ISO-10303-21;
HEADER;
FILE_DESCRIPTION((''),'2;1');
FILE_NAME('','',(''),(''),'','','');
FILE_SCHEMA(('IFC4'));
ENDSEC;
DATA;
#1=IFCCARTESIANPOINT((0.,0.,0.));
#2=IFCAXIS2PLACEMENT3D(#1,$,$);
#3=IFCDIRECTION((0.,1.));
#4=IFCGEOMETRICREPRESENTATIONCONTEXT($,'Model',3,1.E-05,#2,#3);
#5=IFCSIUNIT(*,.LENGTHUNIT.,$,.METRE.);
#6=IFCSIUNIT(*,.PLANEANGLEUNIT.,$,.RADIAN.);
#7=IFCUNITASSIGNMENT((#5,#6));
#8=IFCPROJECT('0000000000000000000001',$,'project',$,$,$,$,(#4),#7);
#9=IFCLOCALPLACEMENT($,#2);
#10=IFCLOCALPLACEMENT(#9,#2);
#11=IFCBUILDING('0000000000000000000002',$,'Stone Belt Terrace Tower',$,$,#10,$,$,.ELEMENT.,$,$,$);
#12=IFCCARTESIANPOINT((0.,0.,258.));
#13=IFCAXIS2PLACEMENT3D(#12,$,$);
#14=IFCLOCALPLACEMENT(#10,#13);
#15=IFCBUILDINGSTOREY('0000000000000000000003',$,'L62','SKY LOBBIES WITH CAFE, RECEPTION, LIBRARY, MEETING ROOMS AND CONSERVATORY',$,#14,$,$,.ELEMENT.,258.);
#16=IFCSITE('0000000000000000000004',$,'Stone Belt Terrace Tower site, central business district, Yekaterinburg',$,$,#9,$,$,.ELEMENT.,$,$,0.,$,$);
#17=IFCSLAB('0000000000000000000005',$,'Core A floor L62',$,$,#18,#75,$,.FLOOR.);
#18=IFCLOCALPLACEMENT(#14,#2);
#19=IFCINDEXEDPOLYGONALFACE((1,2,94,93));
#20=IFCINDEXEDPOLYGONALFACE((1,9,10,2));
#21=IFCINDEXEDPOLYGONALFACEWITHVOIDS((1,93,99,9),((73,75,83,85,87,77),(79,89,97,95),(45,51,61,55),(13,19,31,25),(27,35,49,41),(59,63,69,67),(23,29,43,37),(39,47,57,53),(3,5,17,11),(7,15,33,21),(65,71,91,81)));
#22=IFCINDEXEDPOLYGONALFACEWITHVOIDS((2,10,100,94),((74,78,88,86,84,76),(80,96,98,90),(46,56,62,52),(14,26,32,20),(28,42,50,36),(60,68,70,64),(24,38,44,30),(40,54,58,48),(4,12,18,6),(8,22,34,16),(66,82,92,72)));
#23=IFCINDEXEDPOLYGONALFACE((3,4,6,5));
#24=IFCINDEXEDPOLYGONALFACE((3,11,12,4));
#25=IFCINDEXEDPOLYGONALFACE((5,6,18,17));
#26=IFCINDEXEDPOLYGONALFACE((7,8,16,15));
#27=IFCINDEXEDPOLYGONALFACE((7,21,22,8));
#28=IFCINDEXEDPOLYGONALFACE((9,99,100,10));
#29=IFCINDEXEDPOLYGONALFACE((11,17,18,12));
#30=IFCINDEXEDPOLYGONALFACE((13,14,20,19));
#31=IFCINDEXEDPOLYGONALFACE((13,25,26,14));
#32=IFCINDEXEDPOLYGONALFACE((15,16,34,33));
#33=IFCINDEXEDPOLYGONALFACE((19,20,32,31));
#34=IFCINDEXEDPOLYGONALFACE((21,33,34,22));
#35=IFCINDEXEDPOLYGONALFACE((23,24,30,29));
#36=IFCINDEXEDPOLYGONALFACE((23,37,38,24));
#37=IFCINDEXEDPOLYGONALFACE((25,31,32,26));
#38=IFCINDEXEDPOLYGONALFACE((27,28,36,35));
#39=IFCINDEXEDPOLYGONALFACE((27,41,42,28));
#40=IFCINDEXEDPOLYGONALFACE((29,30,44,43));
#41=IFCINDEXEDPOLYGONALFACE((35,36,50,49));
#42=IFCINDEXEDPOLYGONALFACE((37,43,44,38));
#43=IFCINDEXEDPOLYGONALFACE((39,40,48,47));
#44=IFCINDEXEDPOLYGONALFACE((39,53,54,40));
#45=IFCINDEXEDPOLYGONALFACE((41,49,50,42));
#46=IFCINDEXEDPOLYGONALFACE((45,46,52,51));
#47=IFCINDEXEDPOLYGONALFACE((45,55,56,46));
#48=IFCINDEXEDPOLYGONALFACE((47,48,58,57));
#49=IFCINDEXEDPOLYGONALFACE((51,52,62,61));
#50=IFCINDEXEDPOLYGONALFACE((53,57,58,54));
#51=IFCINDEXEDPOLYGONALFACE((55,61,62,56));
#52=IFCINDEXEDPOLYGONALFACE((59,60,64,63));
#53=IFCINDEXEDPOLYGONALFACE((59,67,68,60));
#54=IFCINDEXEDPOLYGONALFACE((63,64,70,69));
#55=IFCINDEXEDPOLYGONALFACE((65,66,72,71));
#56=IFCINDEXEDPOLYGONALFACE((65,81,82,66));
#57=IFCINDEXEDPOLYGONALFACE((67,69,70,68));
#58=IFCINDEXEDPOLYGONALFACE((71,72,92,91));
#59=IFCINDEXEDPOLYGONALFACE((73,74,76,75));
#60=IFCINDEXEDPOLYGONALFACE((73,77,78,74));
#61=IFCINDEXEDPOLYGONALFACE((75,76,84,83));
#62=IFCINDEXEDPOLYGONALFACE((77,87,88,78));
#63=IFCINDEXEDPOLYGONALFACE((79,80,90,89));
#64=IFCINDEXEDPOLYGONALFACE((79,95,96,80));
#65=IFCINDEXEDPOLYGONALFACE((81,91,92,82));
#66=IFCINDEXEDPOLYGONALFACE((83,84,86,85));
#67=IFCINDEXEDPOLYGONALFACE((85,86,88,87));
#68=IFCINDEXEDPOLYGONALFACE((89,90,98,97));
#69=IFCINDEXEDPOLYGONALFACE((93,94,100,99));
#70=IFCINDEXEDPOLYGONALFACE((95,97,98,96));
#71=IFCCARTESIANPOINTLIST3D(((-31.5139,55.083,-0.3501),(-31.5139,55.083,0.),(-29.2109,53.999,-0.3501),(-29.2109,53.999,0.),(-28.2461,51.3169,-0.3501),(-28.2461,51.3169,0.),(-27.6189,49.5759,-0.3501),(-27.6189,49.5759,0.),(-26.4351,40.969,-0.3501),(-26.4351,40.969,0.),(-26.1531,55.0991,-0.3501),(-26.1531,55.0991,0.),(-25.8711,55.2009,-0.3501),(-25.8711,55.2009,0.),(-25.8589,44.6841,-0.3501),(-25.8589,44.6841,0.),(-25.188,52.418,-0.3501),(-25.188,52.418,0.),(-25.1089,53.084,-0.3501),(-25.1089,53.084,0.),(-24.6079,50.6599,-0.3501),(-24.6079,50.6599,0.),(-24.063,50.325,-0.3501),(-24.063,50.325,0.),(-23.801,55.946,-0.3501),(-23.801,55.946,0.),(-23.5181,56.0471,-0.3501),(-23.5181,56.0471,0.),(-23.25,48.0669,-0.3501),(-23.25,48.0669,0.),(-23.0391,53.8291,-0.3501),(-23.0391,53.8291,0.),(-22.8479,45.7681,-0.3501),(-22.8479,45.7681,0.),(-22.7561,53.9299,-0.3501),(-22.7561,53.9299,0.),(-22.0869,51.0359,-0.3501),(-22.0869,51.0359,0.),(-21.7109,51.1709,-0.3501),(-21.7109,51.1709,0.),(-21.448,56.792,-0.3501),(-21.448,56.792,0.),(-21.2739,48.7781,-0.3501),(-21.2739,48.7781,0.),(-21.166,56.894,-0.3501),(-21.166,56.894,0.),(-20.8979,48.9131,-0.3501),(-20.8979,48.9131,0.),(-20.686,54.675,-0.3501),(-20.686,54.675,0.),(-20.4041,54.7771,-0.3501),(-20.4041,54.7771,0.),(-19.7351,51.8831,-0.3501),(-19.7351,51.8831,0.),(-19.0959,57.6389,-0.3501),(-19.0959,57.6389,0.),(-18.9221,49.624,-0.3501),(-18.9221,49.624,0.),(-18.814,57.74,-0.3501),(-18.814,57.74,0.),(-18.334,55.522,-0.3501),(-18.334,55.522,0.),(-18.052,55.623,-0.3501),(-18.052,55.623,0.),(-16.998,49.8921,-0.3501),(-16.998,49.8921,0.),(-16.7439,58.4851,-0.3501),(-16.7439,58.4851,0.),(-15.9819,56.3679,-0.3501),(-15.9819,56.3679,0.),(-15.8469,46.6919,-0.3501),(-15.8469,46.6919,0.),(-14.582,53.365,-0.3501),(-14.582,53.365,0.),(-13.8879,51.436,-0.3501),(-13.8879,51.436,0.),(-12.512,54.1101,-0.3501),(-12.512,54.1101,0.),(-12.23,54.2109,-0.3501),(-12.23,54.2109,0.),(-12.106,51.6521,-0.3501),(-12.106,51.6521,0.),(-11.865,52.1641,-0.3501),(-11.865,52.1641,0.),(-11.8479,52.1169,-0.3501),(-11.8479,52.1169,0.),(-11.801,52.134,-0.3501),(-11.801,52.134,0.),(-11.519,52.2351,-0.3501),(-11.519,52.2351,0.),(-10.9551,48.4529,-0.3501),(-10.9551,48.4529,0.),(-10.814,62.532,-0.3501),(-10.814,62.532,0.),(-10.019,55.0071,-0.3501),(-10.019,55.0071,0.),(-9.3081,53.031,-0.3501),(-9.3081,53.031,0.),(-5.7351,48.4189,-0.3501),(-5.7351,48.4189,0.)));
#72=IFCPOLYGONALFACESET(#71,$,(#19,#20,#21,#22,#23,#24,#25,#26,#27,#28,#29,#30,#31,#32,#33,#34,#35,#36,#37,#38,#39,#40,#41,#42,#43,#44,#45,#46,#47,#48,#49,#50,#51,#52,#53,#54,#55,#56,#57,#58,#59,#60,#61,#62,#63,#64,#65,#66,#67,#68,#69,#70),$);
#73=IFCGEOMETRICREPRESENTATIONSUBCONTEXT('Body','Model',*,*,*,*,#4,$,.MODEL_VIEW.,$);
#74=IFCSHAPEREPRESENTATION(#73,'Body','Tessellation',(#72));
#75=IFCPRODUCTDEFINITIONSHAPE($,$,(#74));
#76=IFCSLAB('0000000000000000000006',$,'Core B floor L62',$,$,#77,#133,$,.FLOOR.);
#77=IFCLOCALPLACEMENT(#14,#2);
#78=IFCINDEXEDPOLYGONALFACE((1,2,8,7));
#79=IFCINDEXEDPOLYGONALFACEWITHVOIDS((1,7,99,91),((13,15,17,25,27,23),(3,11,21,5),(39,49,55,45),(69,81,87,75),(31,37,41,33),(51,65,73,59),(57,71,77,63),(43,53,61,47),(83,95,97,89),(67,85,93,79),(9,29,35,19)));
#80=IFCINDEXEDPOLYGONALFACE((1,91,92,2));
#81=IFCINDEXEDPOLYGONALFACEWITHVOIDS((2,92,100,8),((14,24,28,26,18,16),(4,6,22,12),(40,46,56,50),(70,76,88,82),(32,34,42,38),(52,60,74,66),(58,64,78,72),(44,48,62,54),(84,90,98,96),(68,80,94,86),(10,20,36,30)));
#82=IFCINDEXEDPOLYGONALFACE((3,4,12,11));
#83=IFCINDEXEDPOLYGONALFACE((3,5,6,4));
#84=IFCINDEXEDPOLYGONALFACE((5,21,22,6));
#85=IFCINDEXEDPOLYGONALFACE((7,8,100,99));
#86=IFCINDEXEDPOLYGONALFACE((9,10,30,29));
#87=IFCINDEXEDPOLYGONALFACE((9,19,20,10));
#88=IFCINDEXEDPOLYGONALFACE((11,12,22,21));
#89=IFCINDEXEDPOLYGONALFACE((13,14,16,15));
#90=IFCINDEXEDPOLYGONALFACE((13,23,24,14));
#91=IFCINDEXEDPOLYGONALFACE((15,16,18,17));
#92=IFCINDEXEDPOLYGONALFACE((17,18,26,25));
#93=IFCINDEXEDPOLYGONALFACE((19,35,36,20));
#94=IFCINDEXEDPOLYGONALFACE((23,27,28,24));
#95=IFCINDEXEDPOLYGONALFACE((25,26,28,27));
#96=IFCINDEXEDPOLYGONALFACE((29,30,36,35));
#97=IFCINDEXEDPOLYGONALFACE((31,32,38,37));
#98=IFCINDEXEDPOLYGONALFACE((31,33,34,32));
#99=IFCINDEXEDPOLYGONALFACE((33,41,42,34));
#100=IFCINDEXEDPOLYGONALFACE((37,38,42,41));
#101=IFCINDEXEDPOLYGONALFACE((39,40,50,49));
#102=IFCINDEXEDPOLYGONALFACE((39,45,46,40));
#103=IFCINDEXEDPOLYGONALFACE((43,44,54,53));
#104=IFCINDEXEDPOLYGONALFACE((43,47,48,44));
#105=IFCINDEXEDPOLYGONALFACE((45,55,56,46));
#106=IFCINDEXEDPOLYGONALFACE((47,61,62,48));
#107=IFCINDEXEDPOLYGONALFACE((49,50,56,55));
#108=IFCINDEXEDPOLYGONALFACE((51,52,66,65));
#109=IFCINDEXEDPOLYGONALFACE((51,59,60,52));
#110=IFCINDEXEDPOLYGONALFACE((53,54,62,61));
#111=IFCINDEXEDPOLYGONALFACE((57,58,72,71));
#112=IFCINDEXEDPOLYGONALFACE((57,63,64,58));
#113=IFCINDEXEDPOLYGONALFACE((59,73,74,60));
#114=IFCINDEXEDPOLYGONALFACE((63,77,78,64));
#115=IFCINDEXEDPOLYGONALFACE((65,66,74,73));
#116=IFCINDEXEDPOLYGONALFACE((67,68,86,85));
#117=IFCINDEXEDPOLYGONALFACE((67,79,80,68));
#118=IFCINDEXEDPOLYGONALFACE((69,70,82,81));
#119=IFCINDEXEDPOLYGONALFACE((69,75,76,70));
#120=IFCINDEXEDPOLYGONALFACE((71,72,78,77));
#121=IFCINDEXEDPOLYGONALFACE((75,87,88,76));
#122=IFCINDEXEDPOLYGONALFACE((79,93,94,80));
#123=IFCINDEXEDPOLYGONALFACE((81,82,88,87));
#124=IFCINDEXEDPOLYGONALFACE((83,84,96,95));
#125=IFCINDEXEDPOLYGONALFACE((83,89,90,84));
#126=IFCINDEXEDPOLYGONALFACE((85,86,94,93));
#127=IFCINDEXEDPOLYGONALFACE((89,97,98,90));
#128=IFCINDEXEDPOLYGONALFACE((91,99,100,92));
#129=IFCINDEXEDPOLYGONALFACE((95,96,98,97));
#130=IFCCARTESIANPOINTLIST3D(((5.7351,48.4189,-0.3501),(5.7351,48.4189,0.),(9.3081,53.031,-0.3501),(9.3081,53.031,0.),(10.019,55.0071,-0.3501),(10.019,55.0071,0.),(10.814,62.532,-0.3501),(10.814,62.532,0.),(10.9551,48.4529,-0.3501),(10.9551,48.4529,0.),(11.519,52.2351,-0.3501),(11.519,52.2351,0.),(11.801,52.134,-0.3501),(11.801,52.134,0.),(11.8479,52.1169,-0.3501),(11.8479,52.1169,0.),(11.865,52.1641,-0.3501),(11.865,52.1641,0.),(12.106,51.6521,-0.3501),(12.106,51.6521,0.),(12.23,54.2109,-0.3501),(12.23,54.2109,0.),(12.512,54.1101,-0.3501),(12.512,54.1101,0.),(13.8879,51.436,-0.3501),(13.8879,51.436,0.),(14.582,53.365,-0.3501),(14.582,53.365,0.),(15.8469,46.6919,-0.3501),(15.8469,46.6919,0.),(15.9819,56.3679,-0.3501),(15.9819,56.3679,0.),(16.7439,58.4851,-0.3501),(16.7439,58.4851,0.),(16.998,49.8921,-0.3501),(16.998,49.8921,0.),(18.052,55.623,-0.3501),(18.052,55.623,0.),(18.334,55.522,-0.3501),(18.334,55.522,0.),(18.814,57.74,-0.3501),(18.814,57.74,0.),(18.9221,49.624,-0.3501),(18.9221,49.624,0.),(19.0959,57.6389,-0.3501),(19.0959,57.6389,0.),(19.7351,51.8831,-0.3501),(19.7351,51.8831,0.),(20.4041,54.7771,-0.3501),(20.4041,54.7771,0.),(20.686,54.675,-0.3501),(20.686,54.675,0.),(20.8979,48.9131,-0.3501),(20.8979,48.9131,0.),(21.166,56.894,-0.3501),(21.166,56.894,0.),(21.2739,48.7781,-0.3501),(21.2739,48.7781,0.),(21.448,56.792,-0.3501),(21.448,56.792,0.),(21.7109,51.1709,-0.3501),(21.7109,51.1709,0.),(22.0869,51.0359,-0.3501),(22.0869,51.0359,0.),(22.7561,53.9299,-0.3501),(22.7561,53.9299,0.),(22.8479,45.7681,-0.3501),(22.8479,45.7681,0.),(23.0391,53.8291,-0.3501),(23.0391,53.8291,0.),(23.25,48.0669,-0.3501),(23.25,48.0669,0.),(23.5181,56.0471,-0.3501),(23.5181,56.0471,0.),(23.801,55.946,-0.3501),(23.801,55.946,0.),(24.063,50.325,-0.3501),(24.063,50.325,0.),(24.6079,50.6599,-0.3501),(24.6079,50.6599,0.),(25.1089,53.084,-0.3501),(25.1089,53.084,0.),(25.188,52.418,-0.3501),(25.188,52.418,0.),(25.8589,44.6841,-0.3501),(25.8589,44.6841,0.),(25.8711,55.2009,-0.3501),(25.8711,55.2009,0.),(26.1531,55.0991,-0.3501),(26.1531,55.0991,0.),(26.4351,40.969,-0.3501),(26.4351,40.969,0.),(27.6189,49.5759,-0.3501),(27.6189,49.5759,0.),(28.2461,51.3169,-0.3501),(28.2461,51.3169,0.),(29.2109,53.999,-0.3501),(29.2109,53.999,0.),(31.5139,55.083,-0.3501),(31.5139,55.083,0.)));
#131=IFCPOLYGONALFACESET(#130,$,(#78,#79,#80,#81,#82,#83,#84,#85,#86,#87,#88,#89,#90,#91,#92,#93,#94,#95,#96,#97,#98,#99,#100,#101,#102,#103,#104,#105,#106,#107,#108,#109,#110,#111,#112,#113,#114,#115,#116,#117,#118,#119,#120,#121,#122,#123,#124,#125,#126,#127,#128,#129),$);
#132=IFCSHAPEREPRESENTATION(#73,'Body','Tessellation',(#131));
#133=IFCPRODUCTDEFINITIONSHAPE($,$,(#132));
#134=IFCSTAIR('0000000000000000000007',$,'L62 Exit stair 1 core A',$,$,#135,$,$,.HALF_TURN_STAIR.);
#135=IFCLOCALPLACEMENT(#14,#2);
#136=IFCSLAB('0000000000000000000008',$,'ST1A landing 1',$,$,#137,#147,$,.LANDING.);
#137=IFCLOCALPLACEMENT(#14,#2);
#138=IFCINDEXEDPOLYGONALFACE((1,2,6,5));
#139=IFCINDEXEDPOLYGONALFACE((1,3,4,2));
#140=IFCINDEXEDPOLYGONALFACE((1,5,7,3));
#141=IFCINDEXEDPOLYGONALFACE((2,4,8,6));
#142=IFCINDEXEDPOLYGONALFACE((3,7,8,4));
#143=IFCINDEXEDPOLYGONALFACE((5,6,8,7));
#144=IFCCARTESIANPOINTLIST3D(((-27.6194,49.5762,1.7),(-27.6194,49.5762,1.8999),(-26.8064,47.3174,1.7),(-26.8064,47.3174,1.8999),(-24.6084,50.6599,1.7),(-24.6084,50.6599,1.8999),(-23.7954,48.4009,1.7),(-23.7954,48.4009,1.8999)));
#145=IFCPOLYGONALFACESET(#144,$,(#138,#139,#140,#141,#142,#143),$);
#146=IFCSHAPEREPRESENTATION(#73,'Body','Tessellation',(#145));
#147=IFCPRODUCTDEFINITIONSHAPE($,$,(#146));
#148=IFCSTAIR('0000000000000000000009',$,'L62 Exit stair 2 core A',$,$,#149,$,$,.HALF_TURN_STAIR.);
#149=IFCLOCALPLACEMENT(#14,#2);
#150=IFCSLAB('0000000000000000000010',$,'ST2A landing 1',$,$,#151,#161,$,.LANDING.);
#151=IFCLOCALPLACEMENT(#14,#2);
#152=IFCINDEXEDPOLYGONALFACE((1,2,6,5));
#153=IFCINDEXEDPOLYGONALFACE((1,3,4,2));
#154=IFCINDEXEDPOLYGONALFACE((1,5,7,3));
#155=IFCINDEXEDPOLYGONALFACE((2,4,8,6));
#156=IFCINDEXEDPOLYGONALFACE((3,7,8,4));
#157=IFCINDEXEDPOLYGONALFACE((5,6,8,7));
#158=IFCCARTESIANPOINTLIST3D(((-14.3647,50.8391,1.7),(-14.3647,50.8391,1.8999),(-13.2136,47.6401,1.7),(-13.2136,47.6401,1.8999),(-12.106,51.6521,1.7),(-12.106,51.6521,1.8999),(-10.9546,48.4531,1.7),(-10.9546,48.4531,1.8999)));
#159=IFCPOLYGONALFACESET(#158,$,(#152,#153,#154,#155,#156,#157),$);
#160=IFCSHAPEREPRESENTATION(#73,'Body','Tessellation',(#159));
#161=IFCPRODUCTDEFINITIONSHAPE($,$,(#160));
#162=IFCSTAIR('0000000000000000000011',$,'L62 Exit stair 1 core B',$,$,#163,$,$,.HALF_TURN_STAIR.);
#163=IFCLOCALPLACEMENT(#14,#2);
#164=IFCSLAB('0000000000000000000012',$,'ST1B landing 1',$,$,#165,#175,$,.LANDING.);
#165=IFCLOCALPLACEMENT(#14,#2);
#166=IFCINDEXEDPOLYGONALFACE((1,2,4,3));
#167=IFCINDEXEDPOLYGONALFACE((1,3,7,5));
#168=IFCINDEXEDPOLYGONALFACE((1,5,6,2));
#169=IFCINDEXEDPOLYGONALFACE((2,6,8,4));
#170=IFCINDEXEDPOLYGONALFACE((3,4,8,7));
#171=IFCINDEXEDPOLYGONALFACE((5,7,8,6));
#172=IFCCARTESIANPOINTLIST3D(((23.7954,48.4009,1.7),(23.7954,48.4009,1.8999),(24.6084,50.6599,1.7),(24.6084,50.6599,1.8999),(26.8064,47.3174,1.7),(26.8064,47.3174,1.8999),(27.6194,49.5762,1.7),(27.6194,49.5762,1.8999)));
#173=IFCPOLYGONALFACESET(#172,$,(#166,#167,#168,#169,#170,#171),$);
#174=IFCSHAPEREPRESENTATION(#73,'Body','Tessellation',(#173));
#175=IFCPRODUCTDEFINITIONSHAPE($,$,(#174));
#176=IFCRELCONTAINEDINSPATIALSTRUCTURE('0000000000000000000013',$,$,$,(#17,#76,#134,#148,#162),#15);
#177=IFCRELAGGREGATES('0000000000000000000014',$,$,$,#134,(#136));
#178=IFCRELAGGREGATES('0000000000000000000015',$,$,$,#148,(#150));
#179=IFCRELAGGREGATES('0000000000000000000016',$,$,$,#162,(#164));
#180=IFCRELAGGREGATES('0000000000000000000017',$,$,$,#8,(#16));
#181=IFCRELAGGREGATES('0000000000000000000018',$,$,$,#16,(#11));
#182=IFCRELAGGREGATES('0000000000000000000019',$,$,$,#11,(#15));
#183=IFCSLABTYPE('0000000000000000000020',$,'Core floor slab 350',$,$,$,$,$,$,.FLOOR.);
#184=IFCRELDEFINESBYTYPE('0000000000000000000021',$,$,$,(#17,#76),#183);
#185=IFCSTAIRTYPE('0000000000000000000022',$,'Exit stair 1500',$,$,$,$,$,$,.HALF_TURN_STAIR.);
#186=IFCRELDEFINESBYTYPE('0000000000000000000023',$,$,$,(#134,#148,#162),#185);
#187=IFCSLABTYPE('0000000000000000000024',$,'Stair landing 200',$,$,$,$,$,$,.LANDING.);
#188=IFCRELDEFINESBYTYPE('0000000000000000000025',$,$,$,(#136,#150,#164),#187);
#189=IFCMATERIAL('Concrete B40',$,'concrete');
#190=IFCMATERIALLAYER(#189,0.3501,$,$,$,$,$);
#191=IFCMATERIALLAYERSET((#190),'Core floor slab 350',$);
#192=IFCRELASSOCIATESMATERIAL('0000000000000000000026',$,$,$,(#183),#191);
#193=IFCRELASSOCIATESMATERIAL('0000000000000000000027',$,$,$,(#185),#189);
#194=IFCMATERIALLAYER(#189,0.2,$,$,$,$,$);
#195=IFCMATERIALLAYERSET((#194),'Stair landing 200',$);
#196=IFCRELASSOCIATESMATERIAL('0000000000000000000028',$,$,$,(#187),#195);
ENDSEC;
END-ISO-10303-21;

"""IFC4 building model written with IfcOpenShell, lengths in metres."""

from ifc_helpers import new_model, si_unit, direction, frame, origin, place, context, subcontext, project, spatial, polyline, outline, extrude, material, layer, layer_set, type_object, element, aggregate, save


model = new_model("IFC4")

# Units and contexts
model_context = context("Model", 3, precision=1e-05, world=origin(), true_north=direction((0.0, 1.0)))
body_context = subcontext(model_context, "Body", "Model", "MODEL_VIEW")
ifc_project = project(units=[si_unit("LENGTHUNIT", "METRE"), si_unit("PLANEANGLEUNIT", "RADIAN")], contexts=[model_context])

# Site, building, storey
site_placement = place(None, origin())
site = spatial("IfcSite", under=ifc_project, at=site_placement, Name="Stone Belt Terrace Tower site, central business district, Yekaterinburg", CompositionType="ELEMENT", RefElevation=0.0)
building_placement = place(site_placement, origin())
building = spatial("IfcBuilding", under=site, at=building_placement, Name="Stone Belt Terrace Tower", CompositionType="ELEMENT")
storey_placement = place(building_placement, frame((0.0, 0.0, 258.0)))
storey = spatial("IfcBuildingStorey", under=building, at=storey_placement, Name="L62", Description="SKY LOBBIES WITH CAFE, RECEPTION, LIBRARY, MEETING ROOMS AND CONSERVATORY", CompositionType="ELEMENT", Elevation=258.0)

# Slabs
ifc_material_1 = material(Name="Concrete B40", Category="concrete")
ifc_layer_1 = layer(ifc_material_1, 0.3501)
ifc_layer_set_1 = layer_set([ifc_layer_1], Name="Core floor slab 350")
slab_type_1 = type_object("IfcSlabType", Name="Core floor slab 350", PredefinedType="FLOOR", material=ifc_layer_set_1)
slab_1_placement = place(storey_placement, frame((0.0, 0.0, -0.3501)))
element("IfcSlab", 1, at=slab_1_placement, inside=storey, type_object=slab_type_1, Name="Core A floor L62", PredefinedType="FLOOR", context=body_context, shape_type="SweptSolid", body=[
    extrude(outline(polyline([(-26.4351, 40.969), (-5.7351, 48.4189), (-10.814, 62.532), (-31.5139, 55.083), (-26.4351, 40.969)]), holes=[polyline([(-24.6079, 50.6599), (-22.8479, 45.7681), (-25.8589, 44.6841), (-27.6189, 49.5759), (-24.6079, 50.6599)]), polyline([(-22.0869, 51.0359), (-21.2739, 48.7781), (-23.25, 48.0669), (-24.063, 50.325), (-22.0869, 51.0359)]), polyline([(-19.7351, 51.8831), (-18.9221, 49.624), (-20.8979, 48.9131), (-21.7109, 51.1709), (-19.7351, 51.8831)]), polyline([(-29.2109, 53.999), (-26.1531, 55.0991), (-25.188, 52.418), (-28.2461, 51.3169), (-29.2109, 53.999)]), polyline([(-23.801, 55.946), (-23.0391, 53.8291), (-25.1089, 53.084), (-25.8711, 55.2009), (-23.801, 55.946)]), polyline([(-23.5181, 56.0471), (-21.448, 56.792), (-20.686, 54.675), (-22.7561, 53.9299), (-23.5181, 56.0471)]), polyline([(-15.8469, 46.6919), (-16.998, 49.8921), (-12.106, 51.6521), (-10.9551, 48.4529), (-15.8469, 46.6919)]), polyline([(-11.8479, 52.1169), (-11.865, 52.1641), (-13.8879, 51.436), (-14.582, 53.365), (-12.512, 54.1101), (-11.801, 52.134), (-11.8479, 52.1169)]), polyline([(-10.019, 55.0071), (-9.3081, 53.031), (-11.519, 52.2351), (-12.23, 54.2109), (-10.019, 55.0071)]), polyline([(-19.0959, 57.6389), (-18.334, 55.522), (-20.4041, 54.7771), (-21.166, 56.894), (-19.0959, 57.6389)]), polyline([(-16.7439, 58.4851), (-15.9819, 56.3679), (-18.052, 55.623), (-18.814, 57.74), (-16.7439, 58.4851)])]), origin(), (0.0, 0.0, 1.0), 0.3501),
])
slab_2_placement = place(storey_placement, frame((0.0, 0.0, -0.3501)))
element("IfcSlab", 2, at=slab_2_placement, inside=storey, type_object=slab_type_1, Name="Core B floor L62", PredefinedType="FLOOR", context=body_context, shape_type="SweptSolid", body=[
    extrude(outline(polyline([(26.4351, 40.969), (31.5139, 55.083), (10.814, 62.532), (5.7351, 48.4189), (26.4351, 40.969)]), holes=[polyline([(12.106, 51.6521), (16.998, 49.8921), (15.8469, 46.6919), (10.9551, 48.4529), (12.106, 51.6521)]), polyline([(20.8979, 48.9131), (18.9221, 49.624), (19.7351, 51.8831), (21.7109, 51.1709), (20.8979, 48.9131)]), polyline([(11.801, 52.134), (12.512, 54.1101), (14.582, 53.365), (13.8879, 51.436), (11.865, 52.1641), (11.8479, 52.1169), (11.801, 52.134)]), polyline([(9.3081, 53.031), (10.019, 55.0071), (12.23, 54.2109), (11.519, 52.2351), (9.3081, 53.031)]), polyline([(19.0959, 57.6389), (21.166, 56.894), (20.4041, 54.7771), (18.334, 55.522), (19.0959, 57.6389)]), polyline([(15.9819, 56.3679), (16.7439, 58.4851), (18.814, 57.74), (18.052, 55.623), (15.9819, 56.3679)]), polyline([(25.8589, 44.6841), (22.8479, 45.7681), (24.6079, 50.6599), (27.6189, 49.5759), (25.8589, 44.6841)]), polyline([(21.2739, 48.7781), (22.0869, 51.0359), (24.063, 50.325), (23.25, 48.0669), (21.2739, 48.7781)]), polyline([(26.1531, 55.0991), (29.2109, 53.999), (28.2461, 51.3169), (25.188, 52.418), (26.1531, 55.0991)]), polyline([(23.801, 55.946), (25.8711, 55.2009), (25.1089, 53.084), (23.0391, 53.8291), (23.801, 55.946)]), polyline([(21.448, 56.792), (23.5181, 56.0471), (22.7561, 53.9299), (20.686, 54.675), (21.448, 56.792)])]), origin(), (0.0, 0.0, 1.0), 0.3501),
])

# Stairs, slabs
stair_type = type_object("IfcStairType", Name="Exit stair 1500", PredefinedType="HALF_TURN_STAIR", material=ifc_material_1)
stair_1_placement = place(storey_placement, origin())
stair_1 = element("IfcStair", 3, at=stair_1_placement, inside=storey, type_object=stair_type, Name="L62 Exit stair 1 core A", PredefinedType="HALF_TURN_STAIR")
ifc_layer_2 = layer(ifc_material_1, 0.2)
ifc_layer_set_2 = layer_set([ifc_layer_2], Name="Stair landing 200")
slab_type_2 = type_object("IfcSlabType", Name="Stair landing 200", PredefinedType="LANDING", material=ifc_layer_set_2)
slab_3_placement = place(storey_placement, frame((0.0, 0.0, 1.7)))
slab_3 = element("IfcSlab", 4, at=slab_3_placement, type_object=slab_type_2, Name="ST1A landing 1", PredefinedType="LANDING", context=body_context, shape_type="SweptSolid", body=[
    extrude(outline(polyline([(-23.7954, 48.4009), (-24.6084, 50.6599), (-27.6194, 49.5762), (-26.8064, 47.3174), (-23.7954, 48.4009)])), origin(), (0.0, 0.0, 1.0), 0.2),
])
aggregate(stair_1, [slab_3])
stair_2_placement = place(storey_placement, origin())
stair_2 = element("IfcStair", 5, at=stair_2_placement, inside=storey, type_object=stair_type, Name="L62 Exit stair 2 core A", PredefinedType="HALF_TURN_STAIR")
slab_4_placement = place(storey_placement, frame((0.0, 0.0, 1.7)))
slab_4 = element("IfcSlab", 6, at=slab_4_placement, type_object=slab_type_2, Name="ST2A landing 1", PredefinedType="LANDING", context=body_context, shape_type="SweptSolid", body=[
    extrude(outline(polyline([(-13.2136, 47.6401), (-10.9546, 48.4531), (-12.106, 51.6521), (-14.3647, 50.8391), (-13.2136, 47.6401)])), origin(), (0.0, 0.0, 1.0), 0.2),
])
aggregate(stair_2, [slab_4])
stair_3_placement = place(storey_placement, origin())
stair_3 = element("IfcStair", 7, at=stair_3_placement, inside=storey, type_object=stair_type, Name="L62 Exit stair 1 core B", PredefinedType="HALF_TURN_STAIR")
slab_5_placement = place(storey_placement, frame((0.0, 0.0, 1.7)))
slab_5 = element("IfcSlab", 8, at=slab_5_placement, type_object=slab_type_2, Name="ST1B landing 1", PredefinedType="LANDING", context=body_context, shape_type="SweptSolid", body=[
    extrude(outline(polyline([(26.8064, 47.3174), (27.6194, 49.5762), (24.6084, 50.6599), (23.7954, 48.4009), (26.8064, 47.3174)])), origin(), (0.0, 0.0, 1.0), 0.2),
])
aggregate(stair_3, [slab_5])

save(model, "model.ifc")
